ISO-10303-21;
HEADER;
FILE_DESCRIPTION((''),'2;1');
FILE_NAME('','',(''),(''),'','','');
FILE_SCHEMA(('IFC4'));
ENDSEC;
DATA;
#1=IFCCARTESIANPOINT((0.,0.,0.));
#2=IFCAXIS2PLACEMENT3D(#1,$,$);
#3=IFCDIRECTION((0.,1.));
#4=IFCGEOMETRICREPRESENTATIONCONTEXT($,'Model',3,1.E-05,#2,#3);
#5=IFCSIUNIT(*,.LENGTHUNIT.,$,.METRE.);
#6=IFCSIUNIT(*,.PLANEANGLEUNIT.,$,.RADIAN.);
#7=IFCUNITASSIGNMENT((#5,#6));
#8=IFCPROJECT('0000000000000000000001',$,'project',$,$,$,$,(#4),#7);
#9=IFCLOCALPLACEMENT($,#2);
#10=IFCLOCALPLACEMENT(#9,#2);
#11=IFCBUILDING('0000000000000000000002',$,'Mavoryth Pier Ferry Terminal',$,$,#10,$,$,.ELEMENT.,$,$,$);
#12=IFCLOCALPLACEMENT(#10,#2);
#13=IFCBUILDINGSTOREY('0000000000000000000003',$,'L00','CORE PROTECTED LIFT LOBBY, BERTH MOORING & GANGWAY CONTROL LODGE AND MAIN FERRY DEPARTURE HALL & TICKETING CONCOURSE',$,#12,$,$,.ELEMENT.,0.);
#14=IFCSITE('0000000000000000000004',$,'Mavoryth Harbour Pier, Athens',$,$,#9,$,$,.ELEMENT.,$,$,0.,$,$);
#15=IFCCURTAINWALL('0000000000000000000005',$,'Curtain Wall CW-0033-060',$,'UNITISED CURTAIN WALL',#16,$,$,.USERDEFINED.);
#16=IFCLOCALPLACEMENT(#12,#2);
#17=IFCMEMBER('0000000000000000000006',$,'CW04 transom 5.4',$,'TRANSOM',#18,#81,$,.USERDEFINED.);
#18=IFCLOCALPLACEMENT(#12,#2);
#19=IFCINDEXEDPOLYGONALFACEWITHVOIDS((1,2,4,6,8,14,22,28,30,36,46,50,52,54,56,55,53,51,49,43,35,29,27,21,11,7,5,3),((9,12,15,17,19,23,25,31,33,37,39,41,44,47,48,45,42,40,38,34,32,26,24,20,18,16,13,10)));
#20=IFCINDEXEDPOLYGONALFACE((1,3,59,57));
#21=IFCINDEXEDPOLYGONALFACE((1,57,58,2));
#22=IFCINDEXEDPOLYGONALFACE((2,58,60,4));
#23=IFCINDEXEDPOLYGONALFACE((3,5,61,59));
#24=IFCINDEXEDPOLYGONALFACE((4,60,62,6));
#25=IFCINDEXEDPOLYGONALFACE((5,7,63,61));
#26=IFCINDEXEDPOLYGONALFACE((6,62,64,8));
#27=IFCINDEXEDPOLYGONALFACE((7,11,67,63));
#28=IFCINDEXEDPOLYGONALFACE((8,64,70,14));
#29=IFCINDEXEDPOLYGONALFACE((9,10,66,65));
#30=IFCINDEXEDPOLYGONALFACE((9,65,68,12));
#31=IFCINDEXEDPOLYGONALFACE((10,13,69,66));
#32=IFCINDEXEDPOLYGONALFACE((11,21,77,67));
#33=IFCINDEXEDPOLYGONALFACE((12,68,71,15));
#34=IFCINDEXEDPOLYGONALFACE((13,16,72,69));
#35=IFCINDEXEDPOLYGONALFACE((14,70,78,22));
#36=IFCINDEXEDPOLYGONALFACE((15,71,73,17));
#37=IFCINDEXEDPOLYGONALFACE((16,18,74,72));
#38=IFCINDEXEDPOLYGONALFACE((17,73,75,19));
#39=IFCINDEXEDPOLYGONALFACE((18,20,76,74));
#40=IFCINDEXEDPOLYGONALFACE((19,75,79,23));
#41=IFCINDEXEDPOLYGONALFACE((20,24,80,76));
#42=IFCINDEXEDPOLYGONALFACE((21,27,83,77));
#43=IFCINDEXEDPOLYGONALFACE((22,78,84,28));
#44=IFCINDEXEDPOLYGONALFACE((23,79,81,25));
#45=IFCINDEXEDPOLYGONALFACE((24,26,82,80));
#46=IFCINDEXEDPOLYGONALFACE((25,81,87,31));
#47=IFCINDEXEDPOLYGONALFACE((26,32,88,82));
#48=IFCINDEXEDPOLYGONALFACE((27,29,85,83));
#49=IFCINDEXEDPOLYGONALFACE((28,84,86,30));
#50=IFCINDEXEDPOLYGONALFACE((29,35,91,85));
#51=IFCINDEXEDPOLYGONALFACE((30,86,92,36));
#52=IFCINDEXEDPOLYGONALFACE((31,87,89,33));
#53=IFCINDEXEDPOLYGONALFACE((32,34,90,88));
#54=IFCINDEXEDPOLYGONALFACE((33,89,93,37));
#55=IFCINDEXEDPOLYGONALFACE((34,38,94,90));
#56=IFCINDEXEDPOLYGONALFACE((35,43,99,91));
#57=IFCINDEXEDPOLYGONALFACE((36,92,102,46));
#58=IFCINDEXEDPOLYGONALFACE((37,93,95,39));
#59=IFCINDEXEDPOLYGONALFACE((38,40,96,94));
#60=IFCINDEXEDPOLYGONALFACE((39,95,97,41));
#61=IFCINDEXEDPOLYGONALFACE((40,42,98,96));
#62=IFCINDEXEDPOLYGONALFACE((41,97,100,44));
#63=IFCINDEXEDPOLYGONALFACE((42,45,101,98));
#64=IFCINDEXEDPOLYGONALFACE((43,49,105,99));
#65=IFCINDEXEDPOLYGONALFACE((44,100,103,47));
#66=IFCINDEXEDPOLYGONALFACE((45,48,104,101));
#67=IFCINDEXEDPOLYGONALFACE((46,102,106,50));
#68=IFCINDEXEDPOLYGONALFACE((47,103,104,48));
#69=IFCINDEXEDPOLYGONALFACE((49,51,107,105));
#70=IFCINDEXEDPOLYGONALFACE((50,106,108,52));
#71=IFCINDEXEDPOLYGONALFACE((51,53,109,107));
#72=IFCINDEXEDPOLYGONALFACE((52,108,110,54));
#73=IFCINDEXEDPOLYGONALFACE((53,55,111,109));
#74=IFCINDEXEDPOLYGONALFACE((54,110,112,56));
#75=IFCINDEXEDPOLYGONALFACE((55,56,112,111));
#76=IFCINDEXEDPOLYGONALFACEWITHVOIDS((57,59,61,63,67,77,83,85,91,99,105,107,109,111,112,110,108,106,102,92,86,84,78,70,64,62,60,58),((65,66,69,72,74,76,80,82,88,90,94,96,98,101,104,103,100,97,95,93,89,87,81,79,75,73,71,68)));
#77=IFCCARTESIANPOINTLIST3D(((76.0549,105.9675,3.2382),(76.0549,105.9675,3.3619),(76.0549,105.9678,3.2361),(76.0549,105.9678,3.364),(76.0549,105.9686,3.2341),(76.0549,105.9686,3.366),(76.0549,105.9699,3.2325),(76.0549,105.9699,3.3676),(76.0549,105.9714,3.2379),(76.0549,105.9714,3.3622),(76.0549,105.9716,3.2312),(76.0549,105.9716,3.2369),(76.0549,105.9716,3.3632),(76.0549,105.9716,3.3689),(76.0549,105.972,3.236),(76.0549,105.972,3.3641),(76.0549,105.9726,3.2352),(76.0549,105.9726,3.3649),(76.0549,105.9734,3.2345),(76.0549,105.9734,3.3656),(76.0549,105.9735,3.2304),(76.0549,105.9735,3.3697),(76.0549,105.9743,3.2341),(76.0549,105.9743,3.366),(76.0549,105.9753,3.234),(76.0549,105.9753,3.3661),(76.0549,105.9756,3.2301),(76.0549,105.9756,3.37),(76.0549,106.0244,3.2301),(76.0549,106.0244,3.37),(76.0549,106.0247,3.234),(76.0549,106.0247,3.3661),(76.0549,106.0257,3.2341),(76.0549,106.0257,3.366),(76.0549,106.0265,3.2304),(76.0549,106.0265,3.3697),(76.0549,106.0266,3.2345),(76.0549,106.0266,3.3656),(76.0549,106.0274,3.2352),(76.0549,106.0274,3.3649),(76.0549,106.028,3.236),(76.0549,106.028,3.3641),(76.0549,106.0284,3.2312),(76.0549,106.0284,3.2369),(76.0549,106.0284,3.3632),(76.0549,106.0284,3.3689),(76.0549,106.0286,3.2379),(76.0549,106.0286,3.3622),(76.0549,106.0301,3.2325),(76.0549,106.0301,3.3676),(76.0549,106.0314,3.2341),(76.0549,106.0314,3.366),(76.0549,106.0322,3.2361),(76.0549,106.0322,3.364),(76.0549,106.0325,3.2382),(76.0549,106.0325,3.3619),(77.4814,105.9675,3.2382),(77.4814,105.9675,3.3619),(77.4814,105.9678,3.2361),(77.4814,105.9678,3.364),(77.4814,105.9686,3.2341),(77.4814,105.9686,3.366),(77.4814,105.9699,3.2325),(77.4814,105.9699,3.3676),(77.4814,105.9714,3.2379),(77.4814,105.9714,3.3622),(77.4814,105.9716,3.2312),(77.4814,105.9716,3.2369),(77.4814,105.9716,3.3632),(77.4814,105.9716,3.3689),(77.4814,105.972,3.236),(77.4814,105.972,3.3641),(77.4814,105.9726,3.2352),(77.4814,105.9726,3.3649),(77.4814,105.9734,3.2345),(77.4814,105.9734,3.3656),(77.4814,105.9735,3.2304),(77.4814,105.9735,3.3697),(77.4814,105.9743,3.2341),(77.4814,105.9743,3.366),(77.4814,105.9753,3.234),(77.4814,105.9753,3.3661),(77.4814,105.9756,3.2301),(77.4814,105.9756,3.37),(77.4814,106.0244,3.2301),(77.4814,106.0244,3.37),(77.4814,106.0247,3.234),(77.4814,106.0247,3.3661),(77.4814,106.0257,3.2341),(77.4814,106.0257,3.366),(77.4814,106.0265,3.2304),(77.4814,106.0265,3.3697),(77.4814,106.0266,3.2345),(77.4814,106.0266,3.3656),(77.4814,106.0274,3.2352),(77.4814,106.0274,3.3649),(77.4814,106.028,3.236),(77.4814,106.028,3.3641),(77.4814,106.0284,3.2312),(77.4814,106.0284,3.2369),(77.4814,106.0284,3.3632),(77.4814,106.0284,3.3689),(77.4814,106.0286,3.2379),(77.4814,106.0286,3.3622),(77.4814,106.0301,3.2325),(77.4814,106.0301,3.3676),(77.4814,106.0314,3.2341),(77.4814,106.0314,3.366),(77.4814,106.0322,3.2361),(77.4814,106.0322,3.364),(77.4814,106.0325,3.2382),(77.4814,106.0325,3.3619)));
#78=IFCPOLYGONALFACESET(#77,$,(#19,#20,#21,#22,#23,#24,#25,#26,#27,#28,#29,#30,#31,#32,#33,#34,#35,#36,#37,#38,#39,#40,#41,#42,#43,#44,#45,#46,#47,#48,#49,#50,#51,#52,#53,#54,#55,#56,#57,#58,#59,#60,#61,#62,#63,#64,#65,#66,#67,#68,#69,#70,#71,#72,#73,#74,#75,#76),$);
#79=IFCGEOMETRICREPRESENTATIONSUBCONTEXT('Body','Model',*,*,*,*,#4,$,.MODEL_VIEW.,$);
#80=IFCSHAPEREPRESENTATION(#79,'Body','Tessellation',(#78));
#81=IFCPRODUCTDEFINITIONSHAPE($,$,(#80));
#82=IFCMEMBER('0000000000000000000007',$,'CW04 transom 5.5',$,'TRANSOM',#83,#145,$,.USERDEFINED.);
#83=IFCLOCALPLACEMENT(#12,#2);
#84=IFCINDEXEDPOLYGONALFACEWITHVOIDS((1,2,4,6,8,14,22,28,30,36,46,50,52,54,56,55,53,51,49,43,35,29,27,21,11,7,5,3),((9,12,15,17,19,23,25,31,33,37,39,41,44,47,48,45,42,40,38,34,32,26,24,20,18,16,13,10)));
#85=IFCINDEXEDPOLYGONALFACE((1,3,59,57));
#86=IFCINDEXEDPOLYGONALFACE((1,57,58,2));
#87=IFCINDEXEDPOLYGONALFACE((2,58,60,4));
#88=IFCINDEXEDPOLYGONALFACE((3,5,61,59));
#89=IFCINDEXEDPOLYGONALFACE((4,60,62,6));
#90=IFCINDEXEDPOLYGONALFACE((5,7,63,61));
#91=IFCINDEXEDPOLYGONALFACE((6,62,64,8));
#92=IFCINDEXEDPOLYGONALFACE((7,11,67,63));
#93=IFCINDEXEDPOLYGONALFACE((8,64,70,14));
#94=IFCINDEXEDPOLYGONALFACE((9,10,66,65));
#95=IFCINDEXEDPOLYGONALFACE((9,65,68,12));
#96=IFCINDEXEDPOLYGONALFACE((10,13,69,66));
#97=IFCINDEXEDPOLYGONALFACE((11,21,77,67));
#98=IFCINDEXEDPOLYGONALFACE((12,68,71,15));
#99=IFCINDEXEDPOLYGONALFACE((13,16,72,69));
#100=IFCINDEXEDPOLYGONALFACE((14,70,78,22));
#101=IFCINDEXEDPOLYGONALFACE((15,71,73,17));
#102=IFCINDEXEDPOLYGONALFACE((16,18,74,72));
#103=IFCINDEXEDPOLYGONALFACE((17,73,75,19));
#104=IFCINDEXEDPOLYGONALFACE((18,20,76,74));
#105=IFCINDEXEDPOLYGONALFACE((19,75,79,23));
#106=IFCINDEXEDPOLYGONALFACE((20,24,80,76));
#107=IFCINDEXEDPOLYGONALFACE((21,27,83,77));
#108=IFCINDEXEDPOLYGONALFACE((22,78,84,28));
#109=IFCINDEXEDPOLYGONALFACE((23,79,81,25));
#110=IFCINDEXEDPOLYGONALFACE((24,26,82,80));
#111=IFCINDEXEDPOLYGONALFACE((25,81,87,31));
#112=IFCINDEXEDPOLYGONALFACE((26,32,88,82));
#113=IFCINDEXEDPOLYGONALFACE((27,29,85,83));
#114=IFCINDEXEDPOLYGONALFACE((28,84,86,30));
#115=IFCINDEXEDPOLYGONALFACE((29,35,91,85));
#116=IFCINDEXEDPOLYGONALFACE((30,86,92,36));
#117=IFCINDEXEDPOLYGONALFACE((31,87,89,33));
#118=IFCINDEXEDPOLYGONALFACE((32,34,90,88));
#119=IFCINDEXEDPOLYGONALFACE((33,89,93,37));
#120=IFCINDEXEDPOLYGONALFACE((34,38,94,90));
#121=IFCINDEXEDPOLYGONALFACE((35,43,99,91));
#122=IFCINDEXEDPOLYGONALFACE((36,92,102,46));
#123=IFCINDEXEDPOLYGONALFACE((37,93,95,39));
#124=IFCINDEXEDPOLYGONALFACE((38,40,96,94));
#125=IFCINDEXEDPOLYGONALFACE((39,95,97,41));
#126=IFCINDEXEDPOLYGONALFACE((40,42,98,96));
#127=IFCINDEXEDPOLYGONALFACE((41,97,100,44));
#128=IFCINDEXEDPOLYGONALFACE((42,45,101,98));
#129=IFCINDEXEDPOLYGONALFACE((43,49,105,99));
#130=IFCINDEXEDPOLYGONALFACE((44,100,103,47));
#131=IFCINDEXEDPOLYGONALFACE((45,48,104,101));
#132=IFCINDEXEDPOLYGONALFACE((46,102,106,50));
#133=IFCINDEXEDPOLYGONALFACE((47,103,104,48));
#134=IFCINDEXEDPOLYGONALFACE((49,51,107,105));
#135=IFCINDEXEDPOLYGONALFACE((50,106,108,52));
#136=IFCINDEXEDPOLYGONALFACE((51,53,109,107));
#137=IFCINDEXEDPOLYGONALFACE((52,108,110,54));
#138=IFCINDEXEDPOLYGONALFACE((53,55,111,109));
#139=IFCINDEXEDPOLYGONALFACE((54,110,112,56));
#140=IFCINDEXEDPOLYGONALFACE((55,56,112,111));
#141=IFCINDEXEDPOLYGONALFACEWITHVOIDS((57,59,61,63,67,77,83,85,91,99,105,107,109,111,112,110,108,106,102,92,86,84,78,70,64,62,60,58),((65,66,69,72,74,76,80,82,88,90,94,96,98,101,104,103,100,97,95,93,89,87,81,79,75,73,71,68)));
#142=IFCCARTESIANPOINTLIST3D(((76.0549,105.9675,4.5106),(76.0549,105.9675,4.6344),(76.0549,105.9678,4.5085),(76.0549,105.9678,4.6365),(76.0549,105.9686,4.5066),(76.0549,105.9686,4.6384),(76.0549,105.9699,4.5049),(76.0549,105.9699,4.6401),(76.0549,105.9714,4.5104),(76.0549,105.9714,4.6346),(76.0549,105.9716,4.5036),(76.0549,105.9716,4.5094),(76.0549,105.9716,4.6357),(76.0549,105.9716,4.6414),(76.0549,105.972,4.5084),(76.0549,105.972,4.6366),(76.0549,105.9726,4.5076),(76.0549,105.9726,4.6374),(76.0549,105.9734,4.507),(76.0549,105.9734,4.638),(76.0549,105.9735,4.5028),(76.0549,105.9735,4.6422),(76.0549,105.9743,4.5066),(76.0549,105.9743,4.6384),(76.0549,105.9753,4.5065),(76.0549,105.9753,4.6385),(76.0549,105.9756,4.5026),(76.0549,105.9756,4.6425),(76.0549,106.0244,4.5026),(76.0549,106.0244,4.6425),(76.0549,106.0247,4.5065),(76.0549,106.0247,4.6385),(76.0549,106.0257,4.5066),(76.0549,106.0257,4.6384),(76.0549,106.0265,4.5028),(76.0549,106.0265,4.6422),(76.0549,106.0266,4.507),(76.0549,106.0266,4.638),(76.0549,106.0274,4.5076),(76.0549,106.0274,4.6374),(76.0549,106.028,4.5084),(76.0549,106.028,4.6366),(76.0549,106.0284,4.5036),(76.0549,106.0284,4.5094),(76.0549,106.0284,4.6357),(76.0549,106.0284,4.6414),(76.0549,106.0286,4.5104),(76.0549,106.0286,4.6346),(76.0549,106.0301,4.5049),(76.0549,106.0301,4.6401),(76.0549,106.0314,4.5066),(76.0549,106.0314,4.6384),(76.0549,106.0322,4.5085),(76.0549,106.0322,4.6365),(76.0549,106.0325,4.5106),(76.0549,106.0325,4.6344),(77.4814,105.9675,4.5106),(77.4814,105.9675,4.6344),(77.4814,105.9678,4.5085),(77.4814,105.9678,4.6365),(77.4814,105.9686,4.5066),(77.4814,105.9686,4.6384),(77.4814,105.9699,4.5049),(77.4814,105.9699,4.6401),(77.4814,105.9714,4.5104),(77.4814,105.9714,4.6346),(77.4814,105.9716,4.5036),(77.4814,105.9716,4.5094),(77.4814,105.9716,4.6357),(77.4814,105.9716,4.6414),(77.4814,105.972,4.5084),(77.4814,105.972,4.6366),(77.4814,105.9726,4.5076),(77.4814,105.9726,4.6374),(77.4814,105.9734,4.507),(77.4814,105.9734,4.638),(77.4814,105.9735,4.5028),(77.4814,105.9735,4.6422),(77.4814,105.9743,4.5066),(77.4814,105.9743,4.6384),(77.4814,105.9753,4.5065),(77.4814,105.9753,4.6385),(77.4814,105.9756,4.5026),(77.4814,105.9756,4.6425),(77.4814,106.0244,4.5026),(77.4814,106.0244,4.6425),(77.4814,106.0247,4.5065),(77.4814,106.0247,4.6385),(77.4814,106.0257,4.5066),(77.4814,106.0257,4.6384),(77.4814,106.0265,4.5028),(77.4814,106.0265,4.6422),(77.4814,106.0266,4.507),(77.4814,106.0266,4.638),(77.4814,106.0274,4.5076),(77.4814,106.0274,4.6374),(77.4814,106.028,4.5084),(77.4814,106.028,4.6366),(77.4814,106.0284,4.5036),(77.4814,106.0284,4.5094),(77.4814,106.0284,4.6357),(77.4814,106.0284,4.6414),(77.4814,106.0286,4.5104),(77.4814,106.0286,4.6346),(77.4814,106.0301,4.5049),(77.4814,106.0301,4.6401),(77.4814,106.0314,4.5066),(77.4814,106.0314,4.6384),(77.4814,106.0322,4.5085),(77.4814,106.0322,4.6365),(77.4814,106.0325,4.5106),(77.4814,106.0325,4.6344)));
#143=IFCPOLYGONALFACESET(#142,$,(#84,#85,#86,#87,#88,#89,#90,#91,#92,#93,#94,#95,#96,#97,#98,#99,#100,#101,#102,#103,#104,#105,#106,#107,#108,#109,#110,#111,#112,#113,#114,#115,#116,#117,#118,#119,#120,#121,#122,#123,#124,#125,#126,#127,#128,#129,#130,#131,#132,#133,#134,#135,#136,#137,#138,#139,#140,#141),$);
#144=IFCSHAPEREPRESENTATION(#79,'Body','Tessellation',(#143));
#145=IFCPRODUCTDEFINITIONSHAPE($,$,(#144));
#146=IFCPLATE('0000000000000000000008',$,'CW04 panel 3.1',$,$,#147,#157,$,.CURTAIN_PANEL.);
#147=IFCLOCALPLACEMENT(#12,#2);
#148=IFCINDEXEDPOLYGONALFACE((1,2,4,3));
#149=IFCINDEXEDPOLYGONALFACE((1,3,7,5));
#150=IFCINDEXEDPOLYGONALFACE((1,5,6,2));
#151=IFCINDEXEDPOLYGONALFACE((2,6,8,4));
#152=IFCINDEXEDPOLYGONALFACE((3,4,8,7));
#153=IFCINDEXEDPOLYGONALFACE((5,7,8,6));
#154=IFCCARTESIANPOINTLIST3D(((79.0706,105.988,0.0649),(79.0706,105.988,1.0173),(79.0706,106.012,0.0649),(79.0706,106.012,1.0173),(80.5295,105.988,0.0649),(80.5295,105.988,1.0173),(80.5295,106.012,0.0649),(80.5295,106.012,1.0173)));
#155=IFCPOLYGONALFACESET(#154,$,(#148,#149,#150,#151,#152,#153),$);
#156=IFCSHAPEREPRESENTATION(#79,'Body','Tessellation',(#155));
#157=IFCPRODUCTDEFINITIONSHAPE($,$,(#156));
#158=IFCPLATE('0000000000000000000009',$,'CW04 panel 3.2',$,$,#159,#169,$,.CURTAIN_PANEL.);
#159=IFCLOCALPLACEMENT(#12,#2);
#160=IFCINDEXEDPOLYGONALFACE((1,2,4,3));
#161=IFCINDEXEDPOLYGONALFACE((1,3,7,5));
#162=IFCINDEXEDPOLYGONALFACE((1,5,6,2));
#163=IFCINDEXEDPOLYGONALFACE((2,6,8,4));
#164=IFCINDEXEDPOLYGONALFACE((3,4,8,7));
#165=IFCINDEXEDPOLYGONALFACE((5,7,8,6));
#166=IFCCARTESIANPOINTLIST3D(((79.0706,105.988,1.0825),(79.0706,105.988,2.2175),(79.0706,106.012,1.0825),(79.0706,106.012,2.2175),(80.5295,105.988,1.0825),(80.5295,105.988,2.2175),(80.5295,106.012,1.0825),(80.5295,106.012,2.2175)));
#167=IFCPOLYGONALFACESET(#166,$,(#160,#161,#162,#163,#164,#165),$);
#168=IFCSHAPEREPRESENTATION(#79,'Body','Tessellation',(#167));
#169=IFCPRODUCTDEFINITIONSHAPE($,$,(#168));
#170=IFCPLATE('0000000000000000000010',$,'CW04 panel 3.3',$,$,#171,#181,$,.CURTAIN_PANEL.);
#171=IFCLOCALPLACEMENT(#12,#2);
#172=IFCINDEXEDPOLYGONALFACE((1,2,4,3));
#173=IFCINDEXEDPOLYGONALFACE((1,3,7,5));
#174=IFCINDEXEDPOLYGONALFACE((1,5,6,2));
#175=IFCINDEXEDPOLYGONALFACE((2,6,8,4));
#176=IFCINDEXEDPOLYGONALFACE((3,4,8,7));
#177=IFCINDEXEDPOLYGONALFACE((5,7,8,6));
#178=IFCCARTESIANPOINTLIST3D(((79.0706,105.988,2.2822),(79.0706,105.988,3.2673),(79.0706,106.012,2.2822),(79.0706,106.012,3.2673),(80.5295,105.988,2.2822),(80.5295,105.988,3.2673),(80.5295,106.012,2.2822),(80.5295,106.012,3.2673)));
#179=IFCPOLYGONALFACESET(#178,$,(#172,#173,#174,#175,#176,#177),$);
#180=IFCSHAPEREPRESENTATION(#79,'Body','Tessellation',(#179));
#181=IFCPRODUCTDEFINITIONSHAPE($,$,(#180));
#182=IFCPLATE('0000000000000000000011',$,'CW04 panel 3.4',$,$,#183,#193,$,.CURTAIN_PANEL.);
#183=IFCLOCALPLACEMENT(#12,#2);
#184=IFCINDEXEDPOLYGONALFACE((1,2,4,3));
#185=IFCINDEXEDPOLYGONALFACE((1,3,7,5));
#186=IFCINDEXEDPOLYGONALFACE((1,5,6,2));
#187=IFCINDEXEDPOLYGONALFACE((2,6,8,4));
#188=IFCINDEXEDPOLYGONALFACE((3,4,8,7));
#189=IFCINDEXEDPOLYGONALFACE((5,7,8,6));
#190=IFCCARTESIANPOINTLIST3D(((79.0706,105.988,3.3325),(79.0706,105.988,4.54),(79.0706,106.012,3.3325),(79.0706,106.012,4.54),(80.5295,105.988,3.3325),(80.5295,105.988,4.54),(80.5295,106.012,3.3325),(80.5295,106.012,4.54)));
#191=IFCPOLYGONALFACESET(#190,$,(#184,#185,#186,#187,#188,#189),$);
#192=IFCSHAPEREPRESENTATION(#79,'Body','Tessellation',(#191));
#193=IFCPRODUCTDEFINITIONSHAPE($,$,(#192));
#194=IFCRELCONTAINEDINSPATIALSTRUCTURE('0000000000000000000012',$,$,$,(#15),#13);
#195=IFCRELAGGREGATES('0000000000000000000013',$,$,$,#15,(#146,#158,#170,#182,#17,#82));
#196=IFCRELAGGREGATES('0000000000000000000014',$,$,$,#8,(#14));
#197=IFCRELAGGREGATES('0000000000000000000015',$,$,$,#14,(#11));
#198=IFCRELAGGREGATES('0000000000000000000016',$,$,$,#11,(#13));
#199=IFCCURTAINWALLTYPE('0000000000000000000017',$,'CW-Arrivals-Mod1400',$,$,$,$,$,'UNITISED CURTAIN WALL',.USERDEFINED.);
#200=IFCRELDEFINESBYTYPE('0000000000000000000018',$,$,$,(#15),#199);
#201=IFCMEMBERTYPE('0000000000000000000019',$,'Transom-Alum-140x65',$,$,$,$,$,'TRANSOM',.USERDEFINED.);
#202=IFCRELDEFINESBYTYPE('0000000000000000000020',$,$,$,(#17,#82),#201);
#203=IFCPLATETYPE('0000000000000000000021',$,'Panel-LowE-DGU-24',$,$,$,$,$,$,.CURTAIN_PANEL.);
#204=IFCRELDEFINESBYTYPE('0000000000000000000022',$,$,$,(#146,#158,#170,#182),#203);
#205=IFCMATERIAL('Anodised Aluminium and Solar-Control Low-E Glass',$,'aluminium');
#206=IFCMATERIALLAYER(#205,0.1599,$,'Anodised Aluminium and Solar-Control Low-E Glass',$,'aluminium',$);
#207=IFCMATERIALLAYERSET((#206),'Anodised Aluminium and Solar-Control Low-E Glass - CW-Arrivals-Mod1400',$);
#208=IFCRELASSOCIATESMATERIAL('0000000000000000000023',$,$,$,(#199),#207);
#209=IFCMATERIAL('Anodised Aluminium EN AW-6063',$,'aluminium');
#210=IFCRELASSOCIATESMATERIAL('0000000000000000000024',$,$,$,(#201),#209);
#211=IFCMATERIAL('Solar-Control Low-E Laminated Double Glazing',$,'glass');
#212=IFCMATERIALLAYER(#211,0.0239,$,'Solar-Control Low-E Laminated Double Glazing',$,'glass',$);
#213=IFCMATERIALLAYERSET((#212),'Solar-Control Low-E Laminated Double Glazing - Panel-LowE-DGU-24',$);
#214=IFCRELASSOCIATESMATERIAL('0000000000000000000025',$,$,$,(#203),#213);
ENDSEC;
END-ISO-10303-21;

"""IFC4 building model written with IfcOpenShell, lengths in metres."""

from ifc_helpers import new_model, si_unit, direction, frame, origin, origin_2d, place, context, subcontext, project, spatial, rectangle, hollow_rectangle, extrude, material, layer, layer_set, material_profile, profile_set, type_object, element, aggregate, save


model = new_model("IFC4")

# Units and contexts
model_context = context("Model", 3, precision=1e-05, world=origin(), true_north=direction((0.0, 1.0)))
body_context = subcontext(model_context, "Body", "Model", "MODEL_VIEW")
ifc_project = project(units=[si_unit("LENGTHUNIT", "METRE"), si_unit("PLANEANGLEUNIT", "RADIAN")], contexts=[model_context])

# Site, building, storey
site_placement = place(None, origin())
site = spatial("IfcSite", under=ifc_project, at=site_placement, Name="Mavoryth Harbour Pier, Athens", CompositionType="ELEMENT", RefElevation=0.0)
building_placement = place(site_placement, origin())
building = spatial("IfcBuilding", under=site, at=building_placement, Name="Mavoryth Pier Ferry Terminal", CompositionType="ELEMENT")
storey_placement = place(building_placement, origin())
storey = spatial("IfcBuildingStorey", under=building, at=storey_placement, Name="L00", Description="CORE PROTECTED LIFT LOBBY, BERTH MOORING & GANGWAY CONTROL LODGE AND MAIN FERRY DEPARTURE HALL & TICKETING CONCOURSE", CompositionType="ELEMENT", Elevation=0.0)

# Curtain wall, members, plates
ifc_material_1 = material(Name="Anodised Aluminium and Solar-Control Low-E Glass", Category="aluminium")
ifc_layer_1 = layer(ifc_material_1, 0.1599, Name="Anodised Aluminium and Solar-Control Low-E Glass", Category="aluminium")
ifc_layer_set_1 = layer_set([ifc_layer_1], Name="Anodised Aluminium and Solar-Control Low-E Glass - CW-Arrivals-Mod1400")
curtain_wall_type = type_object("IfcCurtainWallType", Name="CW-Arrivals-Mod1400", ElementType="UNITISED CURTAIN WALL", PredefinedType="USERDEFINED", material=ifc_layer_set_1)
curtain_wall_placement = place(storey_placement, origin())
curtain_wall = element("IfcCurtainWall", 1, at=curtain_wall_placement, inside=storey, type_object=curtain_wall_type, Name="Curtain Wall CW-0033-060", ObjectType="UNITISED CURTAIN WALL", PredefinedType="USERDEFINED")
ifc_material_2 = material(Name="Anodised Aluminium EN AW-6063", Category="aluminium")
ifc_material_profile_1 = material_profile(ifc_material_2, hollow_rectangle(XDim=0.0649, YDim=0.1399, WallThickness=0.0039, InnerFilletRadius=0.0039, OuterFilletRadius=0.0081, at=origin_2d()), Name="AL-TRAN 140x65x4", Category="aluminium")
ifc_profile_set_1 = profile_set([ifc_material_profile_1], Name="Anodised Aluminium EN AW-6063 - AL-TRAN 140x65x4")
member_type_1 = type_object("IfcMemberType", Name="Transom-Alum-140x65", ElementType="TRANSOM", PredefinedType="USERDEFINED", material=ifc_profile_set_1)
member_1_placement = place(storey_placement, frame((77.4814, 106.0, 3.3), z_axis=(-1.0, 0.0, 0.0), x_axis=(0.0, -1.0, 0.0)))
member_1 = element("IfcMember", 2, at=member_1_placement, type_object=member_type_1, Name="CW04 transom 5.4", ObjectType="TRANSOM", PredefinedType="USERDEFINED", context=body_context, shape_type="SweptSolid", body=[
    extrude(hollow_rectangle(XDim=0.0649, YDim=0.1399, WallThickness=0.0039, InnerFilletRadius=0.0039, OuterFilletRadius=0.0081, at=origin_2d()), origin(), (0.0, 0.0, 1.0), 1.4265),
])
member_2_placement = place(storey_placement, frame((77.4814, 106.0, 4.5725), z_axis=(-1.0, 0.0, 0.0), x_axis=(0.0, -1.0, 0.0)))
member_2 = element("IfcMember", 3, at=member_2_placement, type_object=member_type_1, Name="CW04 transom 5.5", ObjectType="TRANSOM", PredefinedType="USERDEFINED", context=body_context, shape_type="SweptSolid", body=[
    extrude(hollow_rectangle(XDim=0.0649, YDim=0.1399, WallThickness=0.0039, InnerFilletRadius=0.0039, OuterFilletRadius=0.0081, at=origin_2d()), origin(), (0.0, 0.0, 1.0), 1.4265),
])
ifc_material_3 = material(Name="Solar-Control Low-E Laminated Double Glazing", Category="glass")
ifc_layer_2 = layer(ifc_material_3, 0.0239, Name="Solar-Control Low-E Laminated Double Glazing", Category="glass")
ifc_layer_set_2 = layer_set([ifc_layer_2], Name="Solar-Control Low-E Laminated Double Glazing - Panel-LowE-DGU-24")
plate_type = type_object("IfcPlateType", Name="Panel-LowE-DGU-24", PredefinedType="CURTAIN_PANEL", material=ifc_layer_set_2)
plate_1_placement = place(storey_placement, frame((79.8, 106.0, 0.0649), z_axis=(0.0, 0.0, 1.0), x_axis=(-1.0, 0.0, 0.0)))
plate_1 = element("IfcPlate", 4, at=plate_1_placement, type_object=plate_type, Name="CW04 panel 3.1", PredefinedType="CURTAIN_PANEL", context=body_context, shape_type="SweptSolid", body=[
    extrude(rectangle(XDim=1.459, YDim=0.0239, at=origin_2d()), origin(), (0.0, 0.0, 1.0), 0.9524),
])
plate_2_placement = place(storey_placement, frame((79.8, 106.0, 1.0825), z_axis=(0.0, 0.0, 1.0), x_axis=(-1.0, 0.0, 0.0)))
plate_2 = element("IfcPlate", 5, at=plate_2_placement, type_object=plate_type, Name="CW04 panel 3.2", PredefinedType="CURTAIN_PANEL", context=body_context, shape_type="SweptSolid", body=[
    extrude(rectangle(XDim=1.459, YDim=0.0239, at=origin_2d()), origin(), (0.0, 0.0, 1.0), 1.135),
])
plate_3_placement = place(storey_placement, frame((79.8, 106.0, 2.2822), z_axis=(0.0, 0.0, 1.0), x_axis=(-1.0, 0.0, 0.0)))
plate_3 = element("IfcPlate", 6, at=plate_3_placement, type_object=plate_type, Name="CW04 panel 3.3", PredefinedType="CURTAIN_PANEL", context=body_context, shape_type="SweptSolid", body=[
    extrude(rectangle(XDim=1.459, YDim=0.0239, at=origin_2d()), origin(), (0.0, 0.0, 1.0), 0.9851),
])
plate_4_placement = place(storey_placement, frame((79.8, 106.0, 3.3325), z_axis=(0.0, 0.0, 1.0), x_axis=(-1.0, 0.0, 0.0)))
plate_4 = element("IfcPlate", 7, at=plate_4_placement, type_object=plate_type, Name="CW04 panel 3.4", PredefinedType="CURTAIN_PANEL", context=body_context, shape_type="SweptSolid", body=[
    extrude(rectangle(XDim=1.459, YDim=0.0239, at=origin_2d()), origin(), (0.0, 0.0, 1.0), 1.2075),
])
aggregate(curtain_wall, [plate_1, plate_2, plate_3, plate_4, member_1, member_2])

save(model, "model.ifc")
